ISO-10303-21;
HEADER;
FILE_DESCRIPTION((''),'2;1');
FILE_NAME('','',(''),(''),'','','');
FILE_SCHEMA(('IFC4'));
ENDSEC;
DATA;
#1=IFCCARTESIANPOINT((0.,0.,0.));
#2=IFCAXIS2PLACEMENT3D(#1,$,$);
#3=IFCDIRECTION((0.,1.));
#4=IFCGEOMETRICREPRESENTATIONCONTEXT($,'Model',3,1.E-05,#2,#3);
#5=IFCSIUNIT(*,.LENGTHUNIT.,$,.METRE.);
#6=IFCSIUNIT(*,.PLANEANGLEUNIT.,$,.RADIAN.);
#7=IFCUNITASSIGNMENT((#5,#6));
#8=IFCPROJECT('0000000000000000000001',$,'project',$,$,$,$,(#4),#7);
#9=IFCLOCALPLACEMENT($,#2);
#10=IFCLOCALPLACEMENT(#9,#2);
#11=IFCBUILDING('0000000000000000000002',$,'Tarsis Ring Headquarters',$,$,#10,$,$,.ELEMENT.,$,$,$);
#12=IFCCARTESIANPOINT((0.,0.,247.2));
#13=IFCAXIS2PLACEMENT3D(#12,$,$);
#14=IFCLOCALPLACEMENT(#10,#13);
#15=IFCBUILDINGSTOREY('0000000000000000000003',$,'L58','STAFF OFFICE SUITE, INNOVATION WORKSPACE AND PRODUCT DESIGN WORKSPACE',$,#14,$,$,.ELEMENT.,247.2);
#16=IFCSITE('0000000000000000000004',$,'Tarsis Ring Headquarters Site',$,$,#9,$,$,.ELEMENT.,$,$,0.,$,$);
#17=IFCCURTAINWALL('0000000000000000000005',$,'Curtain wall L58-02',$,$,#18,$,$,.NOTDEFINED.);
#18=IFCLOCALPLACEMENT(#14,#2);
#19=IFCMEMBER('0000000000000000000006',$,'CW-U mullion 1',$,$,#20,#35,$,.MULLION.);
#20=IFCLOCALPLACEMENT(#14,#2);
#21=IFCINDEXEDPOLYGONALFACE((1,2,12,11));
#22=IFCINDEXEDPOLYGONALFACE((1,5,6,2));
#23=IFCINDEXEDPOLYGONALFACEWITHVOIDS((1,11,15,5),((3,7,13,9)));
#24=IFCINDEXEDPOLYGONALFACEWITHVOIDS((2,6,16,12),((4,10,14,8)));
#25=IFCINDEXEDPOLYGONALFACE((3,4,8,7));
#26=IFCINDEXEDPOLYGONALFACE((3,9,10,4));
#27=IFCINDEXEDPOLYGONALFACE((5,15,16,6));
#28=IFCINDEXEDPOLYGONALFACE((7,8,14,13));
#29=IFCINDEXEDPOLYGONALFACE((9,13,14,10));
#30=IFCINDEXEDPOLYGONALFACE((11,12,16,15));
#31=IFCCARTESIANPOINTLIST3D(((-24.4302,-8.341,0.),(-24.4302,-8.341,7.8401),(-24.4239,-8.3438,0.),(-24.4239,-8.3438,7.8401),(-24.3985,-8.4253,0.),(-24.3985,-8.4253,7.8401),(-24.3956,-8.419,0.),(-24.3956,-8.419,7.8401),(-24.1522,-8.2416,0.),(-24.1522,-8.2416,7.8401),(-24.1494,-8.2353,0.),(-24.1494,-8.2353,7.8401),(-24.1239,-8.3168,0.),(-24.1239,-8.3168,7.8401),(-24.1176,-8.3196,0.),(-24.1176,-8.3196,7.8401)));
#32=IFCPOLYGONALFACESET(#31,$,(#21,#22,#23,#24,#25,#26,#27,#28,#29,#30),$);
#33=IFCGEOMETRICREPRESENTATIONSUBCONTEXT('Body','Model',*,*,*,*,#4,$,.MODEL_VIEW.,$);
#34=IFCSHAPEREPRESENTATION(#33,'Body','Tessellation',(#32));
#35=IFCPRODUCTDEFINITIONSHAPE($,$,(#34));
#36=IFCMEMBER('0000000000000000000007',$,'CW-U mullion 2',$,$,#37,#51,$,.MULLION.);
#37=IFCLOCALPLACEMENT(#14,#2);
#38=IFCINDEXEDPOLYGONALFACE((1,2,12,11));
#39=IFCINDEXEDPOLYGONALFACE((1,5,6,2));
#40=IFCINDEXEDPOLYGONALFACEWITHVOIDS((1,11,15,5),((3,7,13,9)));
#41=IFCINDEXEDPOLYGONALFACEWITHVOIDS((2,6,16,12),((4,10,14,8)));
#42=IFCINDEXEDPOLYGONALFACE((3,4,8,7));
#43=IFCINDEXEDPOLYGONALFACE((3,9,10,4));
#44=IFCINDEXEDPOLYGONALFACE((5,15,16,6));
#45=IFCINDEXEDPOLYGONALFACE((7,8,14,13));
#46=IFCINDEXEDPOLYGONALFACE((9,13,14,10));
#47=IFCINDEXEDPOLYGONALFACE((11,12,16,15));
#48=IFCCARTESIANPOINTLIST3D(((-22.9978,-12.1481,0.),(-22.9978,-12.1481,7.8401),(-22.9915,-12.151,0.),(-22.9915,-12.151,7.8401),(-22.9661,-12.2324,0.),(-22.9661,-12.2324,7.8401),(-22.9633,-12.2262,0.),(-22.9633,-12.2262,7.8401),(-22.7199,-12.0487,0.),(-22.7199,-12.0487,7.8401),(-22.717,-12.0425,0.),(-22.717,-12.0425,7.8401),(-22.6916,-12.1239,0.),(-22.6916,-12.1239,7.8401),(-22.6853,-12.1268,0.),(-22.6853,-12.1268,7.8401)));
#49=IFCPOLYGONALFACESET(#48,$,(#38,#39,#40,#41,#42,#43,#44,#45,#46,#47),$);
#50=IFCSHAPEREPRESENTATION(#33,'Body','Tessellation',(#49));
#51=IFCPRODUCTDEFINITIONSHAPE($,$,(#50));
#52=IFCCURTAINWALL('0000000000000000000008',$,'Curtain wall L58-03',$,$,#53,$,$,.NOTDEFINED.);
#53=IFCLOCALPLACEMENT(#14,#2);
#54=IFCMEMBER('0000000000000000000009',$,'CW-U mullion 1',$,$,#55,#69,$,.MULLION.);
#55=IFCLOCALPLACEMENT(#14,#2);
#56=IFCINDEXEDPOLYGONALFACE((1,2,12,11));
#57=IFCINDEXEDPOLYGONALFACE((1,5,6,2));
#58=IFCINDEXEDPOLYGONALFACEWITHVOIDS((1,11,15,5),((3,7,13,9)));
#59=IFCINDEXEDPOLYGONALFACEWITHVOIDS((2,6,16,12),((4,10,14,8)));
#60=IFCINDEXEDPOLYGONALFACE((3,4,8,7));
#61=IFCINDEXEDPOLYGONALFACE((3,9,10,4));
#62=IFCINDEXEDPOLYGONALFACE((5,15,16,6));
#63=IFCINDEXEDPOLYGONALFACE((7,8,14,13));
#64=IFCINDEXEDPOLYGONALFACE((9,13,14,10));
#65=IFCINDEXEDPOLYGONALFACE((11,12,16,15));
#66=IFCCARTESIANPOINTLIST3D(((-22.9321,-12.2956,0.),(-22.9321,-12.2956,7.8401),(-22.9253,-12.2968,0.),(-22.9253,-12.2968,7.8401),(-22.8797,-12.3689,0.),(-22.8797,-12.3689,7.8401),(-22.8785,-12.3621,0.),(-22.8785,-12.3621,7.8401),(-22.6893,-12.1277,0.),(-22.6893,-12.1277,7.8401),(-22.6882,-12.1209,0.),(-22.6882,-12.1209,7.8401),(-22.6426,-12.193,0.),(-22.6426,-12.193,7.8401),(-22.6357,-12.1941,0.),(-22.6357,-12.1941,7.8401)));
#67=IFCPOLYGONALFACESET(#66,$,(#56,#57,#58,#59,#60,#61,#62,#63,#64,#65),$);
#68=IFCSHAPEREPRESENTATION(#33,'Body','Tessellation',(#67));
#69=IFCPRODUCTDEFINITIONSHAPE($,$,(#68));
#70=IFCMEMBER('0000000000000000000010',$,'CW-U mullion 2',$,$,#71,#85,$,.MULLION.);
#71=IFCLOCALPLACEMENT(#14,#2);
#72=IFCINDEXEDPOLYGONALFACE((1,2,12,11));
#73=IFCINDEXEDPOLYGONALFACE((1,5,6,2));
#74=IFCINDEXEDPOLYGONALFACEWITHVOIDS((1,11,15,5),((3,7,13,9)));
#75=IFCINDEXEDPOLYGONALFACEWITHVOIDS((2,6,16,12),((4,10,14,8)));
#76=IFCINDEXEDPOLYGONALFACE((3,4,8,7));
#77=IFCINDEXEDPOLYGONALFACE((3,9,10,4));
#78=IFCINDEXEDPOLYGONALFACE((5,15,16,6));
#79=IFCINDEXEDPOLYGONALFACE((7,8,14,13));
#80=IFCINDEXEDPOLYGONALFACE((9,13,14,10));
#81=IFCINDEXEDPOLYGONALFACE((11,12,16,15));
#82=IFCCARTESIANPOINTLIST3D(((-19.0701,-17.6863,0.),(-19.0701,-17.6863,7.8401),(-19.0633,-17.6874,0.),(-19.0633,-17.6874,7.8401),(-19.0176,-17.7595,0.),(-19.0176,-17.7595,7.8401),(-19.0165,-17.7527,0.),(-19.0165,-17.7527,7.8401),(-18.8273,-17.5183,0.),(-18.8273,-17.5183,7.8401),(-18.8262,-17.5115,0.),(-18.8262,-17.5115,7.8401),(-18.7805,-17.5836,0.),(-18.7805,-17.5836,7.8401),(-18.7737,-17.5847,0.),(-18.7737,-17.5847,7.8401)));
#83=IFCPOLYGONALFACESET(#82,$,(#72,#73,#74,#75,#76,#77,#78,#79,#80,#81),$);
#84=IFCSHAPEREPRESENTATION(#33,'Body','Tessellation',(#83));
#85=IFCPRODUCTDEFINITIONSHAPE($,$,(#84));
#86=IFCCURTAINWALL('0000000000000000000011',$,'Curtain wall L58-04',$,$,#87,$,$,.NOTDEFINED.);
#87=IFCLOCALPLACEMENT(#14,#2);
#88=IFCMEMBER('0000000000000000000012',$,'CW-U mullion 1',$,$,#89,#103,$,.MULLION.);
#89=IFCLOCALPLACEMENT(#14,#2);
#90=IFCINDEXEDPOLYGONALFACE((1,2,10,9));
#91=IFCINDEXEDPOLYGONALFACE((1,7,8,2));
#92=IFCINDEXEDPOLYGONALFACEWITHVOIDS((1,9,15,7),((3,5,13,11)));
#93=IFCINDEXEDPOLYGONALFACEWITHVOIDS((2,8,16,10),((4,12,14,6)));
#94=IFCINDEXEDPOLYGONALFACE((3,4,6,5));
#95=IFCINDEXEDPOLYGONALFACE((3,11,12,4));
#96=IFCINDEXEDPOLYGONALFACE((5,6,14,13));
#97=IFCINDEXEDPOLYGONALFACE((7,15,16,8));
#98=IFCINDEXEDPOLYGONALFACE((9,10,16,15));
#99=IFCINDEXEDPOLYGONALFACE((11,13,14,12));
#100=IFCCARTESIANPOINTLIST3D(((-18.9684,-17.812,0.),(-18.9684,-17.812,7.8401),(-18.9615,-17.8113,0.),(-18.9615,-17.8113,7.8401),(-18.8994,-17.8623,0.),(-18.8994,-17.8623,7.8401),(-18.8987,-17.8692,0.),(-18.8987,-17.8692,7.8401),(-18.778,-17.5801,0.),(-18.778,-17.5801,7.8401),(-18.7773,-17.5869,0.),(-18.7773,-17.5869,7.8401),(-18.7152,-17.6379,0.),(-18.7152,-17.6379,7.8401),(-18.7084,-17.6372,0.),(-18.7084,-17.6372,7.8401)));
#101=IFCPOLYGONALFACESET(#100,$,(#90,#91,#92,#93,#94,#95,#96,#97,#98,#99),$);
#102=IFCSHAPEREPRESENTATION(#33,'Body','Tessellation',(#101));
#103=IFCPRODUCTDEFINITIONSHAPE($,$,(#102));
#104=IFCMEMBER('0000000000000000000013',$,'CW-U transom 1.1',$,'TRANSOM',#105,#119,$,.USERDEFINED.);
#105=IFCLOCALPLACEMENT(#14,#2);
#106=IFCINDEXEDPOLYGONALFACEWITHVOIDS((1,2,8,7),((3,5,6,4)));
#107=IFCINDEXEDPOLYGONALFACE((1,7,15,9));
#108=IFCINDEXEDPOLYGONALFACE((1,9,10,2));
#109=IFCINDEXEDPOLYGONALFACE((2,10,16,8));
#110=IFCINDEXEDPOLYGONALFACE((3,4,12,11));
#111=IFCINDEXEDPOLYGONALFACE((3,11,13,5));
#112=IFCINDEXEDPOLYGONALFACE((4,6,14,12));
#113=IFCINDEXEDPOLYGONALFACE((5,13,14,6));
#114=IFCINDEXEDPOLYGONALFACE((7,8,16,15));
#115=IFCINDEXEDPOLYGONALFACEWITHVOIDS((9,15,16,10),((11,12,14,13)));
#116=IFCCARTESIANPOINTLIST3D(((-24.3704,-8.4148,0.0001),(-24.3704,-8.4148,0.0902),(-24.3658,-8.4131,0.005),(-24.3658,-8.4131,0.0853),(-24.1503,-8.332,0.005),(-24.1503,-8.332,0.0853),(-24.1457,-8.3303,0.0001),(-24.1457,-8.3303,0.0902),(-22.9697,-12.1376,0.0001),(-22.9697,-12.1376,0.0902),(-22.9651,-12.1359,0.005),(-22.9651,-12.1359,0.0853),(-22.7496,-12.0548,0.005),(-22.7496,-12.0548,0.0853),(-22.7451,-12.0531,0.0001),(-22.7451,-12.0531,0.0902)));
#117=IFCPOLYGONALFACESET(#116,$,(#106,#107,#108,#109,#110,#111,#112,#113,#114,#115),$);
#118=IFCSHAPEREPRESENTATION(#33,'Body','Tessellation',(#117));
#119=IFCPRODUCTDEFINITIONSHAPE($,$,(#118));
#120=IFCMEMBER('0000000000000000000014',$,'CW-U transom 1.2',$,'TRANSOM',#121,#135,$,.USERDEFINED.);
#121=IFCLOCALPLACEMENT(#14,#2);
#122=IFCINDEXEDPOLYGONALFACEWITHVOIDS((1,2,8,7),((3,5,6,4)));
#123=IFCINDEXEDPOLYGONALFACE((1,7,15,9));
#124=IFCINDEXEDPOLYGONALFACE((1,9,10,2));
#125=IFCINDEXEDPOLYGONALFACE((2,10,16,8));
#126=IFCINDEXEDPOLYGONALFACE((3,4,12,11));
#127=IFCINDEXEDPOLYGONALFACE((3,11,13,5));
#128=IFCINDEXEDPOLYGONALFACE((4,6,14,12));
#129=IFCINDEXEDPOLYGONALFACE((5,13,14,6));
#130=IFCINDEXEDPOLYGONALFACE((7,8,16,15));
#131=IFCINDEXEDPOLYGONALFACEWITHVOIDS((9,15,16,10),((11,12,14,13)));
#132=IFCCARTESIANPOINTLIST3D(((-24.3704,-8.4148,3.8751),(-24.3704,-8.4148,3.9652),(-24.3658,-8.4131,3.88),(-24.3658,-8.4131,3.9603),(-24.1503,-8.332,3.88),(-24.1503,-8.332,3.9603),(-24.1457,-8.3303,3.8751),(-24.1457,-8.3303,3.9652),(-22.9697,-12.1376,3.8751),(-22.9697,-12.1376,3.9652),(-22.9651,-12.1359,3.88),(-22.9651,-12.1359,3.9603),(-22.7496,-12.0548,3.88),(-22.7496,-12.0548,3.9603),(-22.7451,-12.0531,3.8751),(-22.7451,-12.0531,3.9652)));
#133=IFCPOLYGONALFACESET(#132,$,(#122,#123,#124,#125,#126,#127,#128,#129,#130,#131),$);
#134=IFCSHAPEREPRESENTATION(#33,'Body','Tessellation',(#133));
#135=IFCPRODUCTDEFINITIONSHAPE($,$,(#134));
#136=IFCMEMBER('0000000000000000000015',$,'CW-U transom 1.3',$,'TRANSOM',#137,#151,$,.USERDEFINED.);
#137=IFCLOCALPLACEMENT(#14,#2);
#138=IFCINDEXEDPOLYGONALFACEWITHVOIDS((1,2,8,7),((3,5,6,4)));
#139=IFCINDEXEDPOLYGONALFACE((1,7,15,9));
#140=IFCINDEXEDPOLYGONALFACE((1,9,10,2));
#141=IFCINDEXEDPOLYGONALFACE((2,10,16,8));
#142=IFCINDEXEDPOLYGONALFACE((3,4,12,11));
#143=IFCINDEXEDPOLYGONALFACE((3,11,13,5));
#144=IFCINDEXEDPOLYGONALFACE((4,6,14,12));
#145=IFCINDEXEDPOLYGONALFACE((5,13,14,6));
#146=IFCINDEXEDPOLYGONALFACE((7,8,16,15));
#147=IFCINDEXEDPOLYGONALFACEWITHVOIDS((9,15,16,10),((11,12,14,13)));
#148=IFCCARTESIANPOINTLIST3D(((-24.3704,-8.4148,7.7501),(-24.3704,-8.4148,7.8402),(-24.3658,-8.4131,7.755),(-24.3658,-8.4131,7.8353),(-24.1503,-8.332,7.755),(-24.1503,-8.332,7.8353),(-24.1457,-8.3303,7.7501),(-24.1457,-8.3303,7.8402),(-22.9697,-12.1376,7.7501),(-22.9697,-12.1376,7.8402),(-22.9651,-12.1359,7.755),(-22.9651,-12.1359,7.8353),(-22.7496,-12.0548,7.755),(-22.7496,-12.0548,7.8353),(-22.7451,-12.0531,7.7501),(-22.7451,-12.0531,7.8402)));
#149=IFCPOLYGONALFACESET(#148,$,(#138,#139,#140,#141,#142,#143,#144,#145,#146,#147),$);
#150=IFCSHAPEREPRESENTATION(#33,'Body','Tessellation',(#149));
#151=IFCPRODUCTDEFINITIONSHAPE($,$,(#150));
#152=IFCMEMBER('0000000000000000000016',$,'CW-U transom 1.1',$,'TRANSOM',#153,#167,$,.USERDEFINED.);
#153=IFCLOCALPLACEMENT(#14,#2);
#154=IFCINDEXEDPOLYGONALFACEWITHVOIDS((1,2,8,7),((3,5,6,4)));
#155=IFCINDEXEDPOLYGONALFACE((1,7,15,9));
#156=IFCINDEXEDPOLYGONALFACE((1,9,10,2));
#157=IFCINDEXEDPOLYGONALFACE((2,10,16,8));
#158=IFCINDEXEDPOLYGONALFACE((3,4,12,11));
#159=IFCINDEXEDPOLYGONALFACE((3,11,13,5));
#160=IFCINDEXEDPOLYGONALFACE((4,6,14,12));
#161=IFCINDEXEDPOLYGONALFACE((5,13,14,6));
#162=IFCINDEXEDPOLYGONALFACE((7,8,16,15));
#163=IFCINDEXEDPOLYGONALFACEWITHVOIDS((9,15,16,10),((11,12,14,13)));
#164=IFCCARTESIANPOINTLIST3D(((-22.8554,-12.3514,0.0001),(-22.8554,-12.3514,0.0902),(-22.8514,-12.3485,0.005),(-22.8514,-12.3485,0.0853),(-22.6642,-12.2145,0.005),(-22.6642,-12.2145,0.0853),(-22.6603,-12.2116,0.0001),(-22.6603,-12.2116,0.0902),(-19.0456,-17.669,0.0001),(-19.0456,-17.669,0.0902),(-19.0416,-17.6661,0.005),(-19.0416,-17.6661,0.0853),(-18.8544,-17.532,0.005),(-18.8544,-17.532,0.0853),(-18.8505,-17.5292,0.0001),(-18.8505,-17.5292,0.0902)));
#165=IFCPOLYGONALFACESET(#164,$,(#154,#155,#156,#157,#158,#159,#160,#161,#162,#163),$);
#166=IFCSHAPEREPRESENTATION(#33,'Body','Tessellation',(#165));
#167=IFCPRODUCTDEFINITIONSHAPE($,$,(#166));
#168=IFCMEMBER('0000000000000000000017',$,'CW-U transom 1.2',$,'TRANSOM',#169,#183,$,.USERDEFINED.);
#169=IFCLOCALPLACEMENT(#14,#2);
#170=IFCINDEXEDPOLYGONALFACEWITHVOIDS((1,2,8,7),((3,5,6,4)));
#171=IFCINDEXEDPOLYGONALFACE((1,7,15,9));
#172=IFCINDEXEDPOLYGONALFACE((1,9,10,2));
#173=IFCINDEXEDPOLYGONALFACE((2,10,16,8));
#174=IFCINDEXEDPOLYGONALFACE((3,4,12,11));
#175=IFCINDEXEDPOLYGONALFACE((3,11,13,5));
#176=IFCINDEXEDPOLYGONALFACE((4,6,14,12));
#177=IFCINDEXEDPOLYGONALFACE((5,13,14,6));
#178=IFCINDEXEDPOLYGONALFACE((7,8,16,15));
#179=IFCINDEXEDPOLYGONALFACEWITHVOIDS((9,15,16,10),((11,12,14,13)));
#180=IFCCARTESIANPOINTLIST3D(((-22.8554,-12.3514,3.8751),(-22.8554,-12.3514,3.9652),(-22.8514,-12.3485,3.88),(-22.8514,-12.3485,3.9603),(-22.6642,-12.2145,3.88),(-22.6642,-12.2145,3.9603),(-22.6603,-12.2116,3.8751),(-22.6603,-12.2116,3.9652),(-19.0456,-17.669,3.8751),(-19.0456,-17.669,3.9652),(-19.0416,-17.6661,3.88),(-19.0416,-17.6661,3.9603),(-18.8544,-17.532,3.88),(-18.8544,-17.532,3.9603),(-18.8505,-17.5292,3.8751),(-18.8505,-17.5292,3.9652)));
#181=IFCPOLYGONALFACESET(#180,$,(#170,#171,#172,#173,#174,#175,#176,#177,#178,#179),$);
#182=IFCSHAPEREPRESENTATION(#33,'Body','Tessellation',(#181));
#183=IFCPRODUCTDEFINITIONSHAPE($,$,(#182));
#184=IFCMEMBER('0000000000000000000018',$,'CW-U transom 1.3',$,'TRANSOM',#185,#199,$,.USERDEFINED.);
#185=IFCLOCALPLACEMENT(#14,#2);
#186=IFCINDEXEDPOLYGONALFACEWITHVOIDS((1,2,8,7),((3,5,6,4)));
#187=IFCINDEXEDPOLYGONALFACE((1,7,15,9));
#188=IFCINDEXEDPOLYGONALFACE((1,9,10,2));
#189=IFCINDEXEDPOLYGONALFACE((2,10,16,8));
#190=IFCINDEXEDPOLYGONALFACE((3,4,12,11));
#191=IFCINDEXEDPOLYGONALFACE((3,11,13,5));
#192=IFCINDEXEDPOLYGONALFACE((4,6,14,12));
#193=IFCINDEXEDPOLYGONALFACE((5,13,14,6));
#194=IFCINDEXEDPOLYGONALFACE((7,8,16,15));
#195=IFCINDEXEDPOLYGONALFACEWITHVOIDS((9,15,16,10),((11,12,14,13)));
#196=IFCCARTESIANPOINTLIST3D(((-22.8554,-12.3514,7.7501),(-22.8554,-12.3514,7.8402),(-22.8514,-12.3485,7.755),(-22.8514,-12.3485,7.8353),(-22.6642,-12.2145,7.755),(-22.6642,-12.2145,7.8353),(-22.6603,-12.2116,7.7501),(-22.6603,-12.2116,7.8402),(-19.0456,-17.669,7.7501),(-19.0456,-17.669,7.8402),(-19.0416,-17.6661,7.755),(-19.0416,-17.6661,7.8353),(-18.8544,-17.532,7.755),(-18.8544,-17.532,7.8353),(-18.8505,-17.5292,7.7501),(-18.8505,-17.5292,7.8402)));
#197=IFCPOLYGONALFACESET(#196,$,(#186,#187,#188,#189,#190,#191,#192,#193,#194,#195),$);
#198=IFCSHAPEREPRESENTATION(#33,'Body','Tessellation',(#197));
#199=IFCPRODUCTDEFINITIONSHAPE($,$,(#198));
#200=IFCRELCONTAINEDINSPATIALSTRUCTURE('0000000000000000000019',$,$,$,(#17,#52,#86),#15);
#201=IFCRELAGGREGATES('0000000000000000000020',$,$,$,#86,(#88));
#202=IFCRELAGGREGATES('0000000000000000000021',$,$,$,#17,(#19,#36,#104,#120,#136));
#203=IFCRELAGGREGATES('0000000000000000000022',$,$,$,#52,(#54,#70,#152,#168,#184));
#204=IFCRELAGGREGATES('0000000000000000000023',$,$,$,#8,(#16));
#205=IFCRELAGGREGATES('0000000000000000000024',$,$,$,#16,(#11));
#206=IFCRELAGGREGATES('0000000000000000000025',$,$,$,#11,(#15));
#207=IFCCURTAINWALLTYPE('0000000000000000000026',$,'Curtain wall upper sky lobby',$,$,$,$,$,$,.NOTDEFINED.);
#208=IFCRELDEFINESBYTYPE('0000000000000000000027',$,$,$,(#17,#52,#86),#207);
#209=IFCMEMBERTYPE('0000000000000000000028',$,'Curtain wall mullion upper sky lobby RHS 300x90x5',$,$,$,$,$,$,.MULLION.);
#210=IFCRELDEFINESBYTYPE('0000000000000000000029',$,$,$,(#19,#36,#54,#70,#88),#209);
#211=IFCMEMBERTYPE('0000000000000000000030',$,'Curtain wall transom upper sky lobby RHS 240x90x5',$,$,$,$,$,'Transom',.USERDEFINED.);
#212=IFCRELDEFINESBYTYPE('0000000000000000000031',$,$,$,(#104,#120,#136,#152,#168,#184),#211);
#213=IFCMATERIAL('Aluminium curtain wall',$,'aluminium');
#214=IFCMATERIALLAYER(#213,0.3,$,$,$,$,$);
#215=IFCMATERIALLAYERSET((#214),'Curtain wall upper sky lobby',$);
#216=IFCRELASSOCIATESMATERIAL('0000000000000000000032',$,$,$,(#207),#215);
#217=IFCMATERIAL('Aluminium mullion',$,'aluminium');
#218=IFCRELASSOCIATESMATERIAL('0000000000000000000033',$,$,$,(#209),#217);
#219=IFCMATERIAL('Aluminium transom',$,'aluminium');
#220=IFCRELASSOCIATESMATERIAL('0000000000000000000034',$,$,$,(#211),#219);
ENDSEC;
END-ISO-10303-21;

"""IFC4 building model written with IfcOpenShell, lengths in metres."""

from ifc_helpers import new_model, si_unit, direction, frame, origin, origin_2d, place, context, subcontext, project, spatial, hollow_rectangle, extrude, material, layer, layer_set, material_profile, profile_set, type_object, element, aggregate, save


model = new_model("IFC4")

# Units and contexts
model_context = context("Model", 3, precision=1e-05, world=origin(), true_north=direction((0.0, 1.0)))
body_context = subcontext(model_context, "Body", "Model", "MODEL_VIEW")
ifc_project = project(units=[si_unit("LENGTHUNIT", "METRE"), si_unit("PLANEANGLEUNIT", "RADIAN")], contexts=[model_context])

# Site, building, storey
site_placement = place(None, origin())
site = spatial("IfcSite", under=ifc_project, at=site_placement, Name="Tarsis Ring Headquarters Site", CompositionType="ELEMENT", RefElevation=0.0)
building_placement = place(site_placement, origin())
building = spatial("IfcBuilding", under=site, at=building_placement, Name="Tarsis Ring Headquarters", CompositionType="ELEMENT")
storey_placement = place(building_placement, frame((0.0, 0.0, 247.2)))
storey = spatial("IfcBuildingStorey", under=building, at=storey_placement, Name="L58", Description="STAFF OFFICE SUITE, INNOVATION WORKSPACE AND PRODUCT DESIGN WORKSPACE", CompositionType="ELEMENT", Elevation=247.2)

# Curtain walls, members
ifc_material_1 = material(Name="Aluminium curtain wall", Category="aluminium")
ifc_layer_1 = layer(ifc_material_1, 0.3)
ifc_layer_set_1 = layer_set([ifc_layer_1], Name="Curtain wall upper sky lobby")
curtain_wall_type = type_object("IfcCurtainWallType", Name="Curtain wall upper sky lobby", PredefinedType="NOTDEFINED", material=ifc_layer_set_1)
curtain_wall_1_placement = place(storey_placement, origin())
curtain_wall_1 = element("IfcCurtainWall", 1, at=curtain_wall_1_placement, inside=storey, type_object=curtain_wall_type, Name="Curtain wall L58-02", PredefinedType="NOTDEFINED")
ifc_material_2 = material(Name="Aluminium mullion", Category="aluminium")
ifc_material_profile_1 = material_profile(ifc_material_2, hollow_rectangle(XDim=0.3, YDim=0.0901, WallThickness=0.0049, at=origin_2d()), Name="RHS 300x90x5")
ifc_profile_set_1 = profile_set([ifc_material_profile_1], Name="Aluminium mullion")
member_type_1 = type_object("IfcMemberType", Name="Curtain wall mullion upper sky lobby RHS 300x90x5", PredefinedType="MULLION", material=ifc_profile_set_1)
member_1_placement = place(storey_placement, frame((-24.2739, -8.3303, 0.0), z_axis=(0.0, 0.0, 1.0), x_axis=(0.935937, 0.352169, 0.0)))
member_1 = element("IfcMember", 2, at=member_1_placement, type_object=member_type_1, Name="CW-U mullion 1", PredefinedType="MULLION", context=body_context, shape_type="SweptSolid", body=[
    extrude(hollow_rectangle(XDim=0.3, YDim=0.0901, WallThickness=0.0049, at=origin_2d()), origin(), (0.0, 0.0, 1.0), 7.8401),
])
member_2_placement = place(storey_placement, frame((-22.8416, -12.1375, 0.0), z_axis=(0.0, 0.0, 1.0), x_axis=(0.935937, 0.352169, 0.0)))
member_2 = element("IfcMember", 3, at=member_2_placement, type_object=member_type_1, Name="CW-U mullion 2", PredefinedType="MULLION", context=body_context, shape_type="SweptSolid", body=[
    extrude(hollow_rectangle(XDim=0.3, YDim=0.0901, WallThickness=0.0049, at=origin_2d()), origin(), (0.0, 0.0, 1.0), 7.8401),
])
curtain_wall_2_placement = place(storey_placement, origin())
curtain_wall_2 = element("IfcCurtainWall", 4, at=curtain_wall_2_placement, inside=storey, type_object=curtain_wall_type, Name="Curtain wall L58-03", PredefinedType="NOTDEFINED")
member_3_placement = place(storey_placement, frame((-22.7839, -12.2449, 0.0), z_axis=(0.0, 0.0, 1.0), x_axis=(0.812898, 0.582407, 0.0)))
member_3 = element("IfcMember", 5, at=member_3_placement, type_object=member_type_1, Name="CW-U mullion 1", PredefinedType="MULLION", context=body_context, shape_type="SweptSolid", body=[
    extrude(hollow_rectangle(XDim=0.3, YDim=0.0901, WallThickness=0.0049, at=origin_2d()), origin(), (0.0, 0.0, 1.0), 7.8401),
])
member_4_placement = place(storey_placement, frame((-18.9219, -17.6355, 0.0), z_axis=(0.0, 0.0, 1.0), x_axis=(0.812898, 0.582407, 0.0)))
member_4 = element("IfcMember", 6, at=member_4_placement, type_object=member_type_1, Name="CW-U mullion 2", PredefinedType="MULLION", context=body_context, shape_type="SweptSolid", body=[
    extrude(hollow_rectangle(XDim=0.3, YDim=0.0901, WallThickness=0.0049, at=origin_2d()), origin(), (0.0, 0.0, 1.0), 7.8401),
])

# Curtain wall, member
curtain_wall_3_placement = place(storey_placement, origin())
curtain_wall_3 = element("IfcCurtainWall", 7, at=curtain_wall_3_placement, inside=storey, type_object=curtain_wall_type, Name="Curtain wall L58-04", PredefinedType="NOTDEFINED")
member_5_placement = place(storey_placement, frame((-18.8384, -17.7246, 0.0), z_axis=(0.0, 0.0, 1.0), x_axis=(0.634461, 0.772955, 0.0)))
member_5 = element("IfcMember", 8, at=member_5_placement, type_object=member_type_1, Name="CW-U mullion 1", PredefinedType="MULLION", context=body_context, shape_type="SweptSolid", body=[
    extrude(hollow_rectangle(XDim=0.3, YDim=0.0901, WallThickness=0.0049, at=origin_2d()), origin(), (0.0, 0.0, 1.0), 7.8401),
])

# Members
ifc_material_3 = material(Name="Aluminium transom", Category="aluminium")
ifc_material_profile_2 = material_profile(ifc_material_3, hollow_rectangle(XDim=0.24, YDim=0.0901, WallThickness=0.0049, at=origin_2d()), Name="RHS 240x90x5")
ifc_profile_set_2 = profile_set([ifc_material_profile_2], Name="Aluminium transom")
member_type_2 = type_object("IfcMemberType", Name="Curtain wall transom upper sky lobby RHS 240x90x5", ElementType="Transom", PredefinedType="USERDEFINED", material=ifc_profile_set_2)
member_6_placement = place(storey_placement, frame((-24.2581, -8.3726, 0.0452), z_axis=(0.352146, -0.935945, 0.0), x_axis=(0.935945, 0.352146, 0.0)))
member_6 = element("IfcMember", 9, at=member_6_placement, type_object=member_type_2, Name="CW-U transom 1.1", ObjectType="TRANSOM", PredefinedType="USERDEFINED", context=body_context, shape_type="SweptSolid", body=[
    extrude(hollow_rectangle(XDim=0.24, YDim=0.0901, WallThickness=0.0049, at=origin_2d()), origin(), (0.0, 0.0, 1.0), 3.9775),
])
member_7_placement = place(storey_placement, frame((-24.2581, -8.3726, 3.9202), z_axis=(0.352146, -0.935945, 0.0), x_axis=(0.935945, 0.352146, 0.0)))
member_7 = element("IfcMember", 10, at=member_7_placement, type_object=member_type_2, Name="CW-U transom 1.2", ObjectType="TRANSOM", PredefinedType="USERDEFINED", context=body_context, shape_type="SweptSolid", body=[
    extrude(hollow_rectangle(XDim=0.24, YDim=0.0901, WallThickness=0.0049, at=origin_2d()), origin(), (0.0, 0.0, 1.0), 3.9775),
])
member_8_placement = place(storey_placement, frame((-24.2581, -8.3726, 7.7952), z_axis=(0.352146, -0.935945, 0.0), x_axis=(0.935945, 0.352146, 0.0)))
member_8 = element("IfcMember", 11, at=member_8_placement, type_object=member_type_2, Name="CW-U transom 1.3", ObjectType="TRANSOM", PredefinedType="USERDEFINED", context=body_context, shape_type="SweptSolid", body=[
    extrude(hollow_rectangle(XDim=0.24, YDim=0.0901, WallThickness=0.0049, at=origin_2d()), origin(), (0.0, 0.0, 1.0), 3.9775),
])
member_9_placement = place(storey_placement, frame((-22.7578, -12.2815, 0.0452), z_axis=(0.582403, -0.8129, 0.0), x_axis=(0.8129, 0.582403, 0.0)))
member_9 = element("IfcMember", 12, at=member_9_placement, type_object=member_type_2, Name="CW-U transom 1.1", ObjectType="TRANSOM", PredefinedType="USERDEFINED", context=body_context, shape_type="SweptSolid", body=[
    extrude(hollow_rectangle(XDim=0.24, YDim=0.0901, WallThickness=0.0049, at=origin_2d()), origin(), (0.0, 0.0, 1.0), 6.5415),
])
member_10_placement = place(storey_placement, frame((-22.7578, -12.2815, 3.9202), z_axis=(0.582403, -0.8129, 0.0), x_axis=(0.8129, 0.582403, 0.0)))
member_10 = element("IfcMember", 13, at=member_10_placement, type_object=member_type_2, Name="CW-U transom 1.2", ObjectType="TRANSOM", PredefinedType="USERDEFINED", context=body_context, shape_type="SweptSolid", body=[
    extrude(hollow_rectangle(XDim=0.24, YDim=0.0901, WallThickness=0.0049, at=origin_2d()), origin(), (0.0, 0.0, 1.0), 6.5415),
])
member_11_placement = place(storey_placement, frame((-22.7578, -12.2815, 7.7952), z_axis=(0.582403, -0.8129, 0.0), x_axis=(0.8129, 0.582403, 0.0)))
member_11 = element("IfcMember", 14, at=member_11_placement, type_object=member_type_2, Name="CW-U transom 1.3", ObjectType="TRANSOM", PredefinedType="USERDEFINED", context=body_context, shape_type="SweptSolid", body=[
    extrude(hollow_rectangle(XDim=0.24, YDim=0.0901, WallThickness=0.0049, at=origin_2d()), origin(), (0.0, 0.0, 1.0), 6.5415),
])
aggregate(curtain_wall_3, [member_5])

aggregate(curtain_wall_1, [member_1, member_2, member_6, member_7, member_8])
aggregate(curtain_wall_2, [member_3, member_4, member_9, member_10, member_11])

save(model, "model.ifc")
